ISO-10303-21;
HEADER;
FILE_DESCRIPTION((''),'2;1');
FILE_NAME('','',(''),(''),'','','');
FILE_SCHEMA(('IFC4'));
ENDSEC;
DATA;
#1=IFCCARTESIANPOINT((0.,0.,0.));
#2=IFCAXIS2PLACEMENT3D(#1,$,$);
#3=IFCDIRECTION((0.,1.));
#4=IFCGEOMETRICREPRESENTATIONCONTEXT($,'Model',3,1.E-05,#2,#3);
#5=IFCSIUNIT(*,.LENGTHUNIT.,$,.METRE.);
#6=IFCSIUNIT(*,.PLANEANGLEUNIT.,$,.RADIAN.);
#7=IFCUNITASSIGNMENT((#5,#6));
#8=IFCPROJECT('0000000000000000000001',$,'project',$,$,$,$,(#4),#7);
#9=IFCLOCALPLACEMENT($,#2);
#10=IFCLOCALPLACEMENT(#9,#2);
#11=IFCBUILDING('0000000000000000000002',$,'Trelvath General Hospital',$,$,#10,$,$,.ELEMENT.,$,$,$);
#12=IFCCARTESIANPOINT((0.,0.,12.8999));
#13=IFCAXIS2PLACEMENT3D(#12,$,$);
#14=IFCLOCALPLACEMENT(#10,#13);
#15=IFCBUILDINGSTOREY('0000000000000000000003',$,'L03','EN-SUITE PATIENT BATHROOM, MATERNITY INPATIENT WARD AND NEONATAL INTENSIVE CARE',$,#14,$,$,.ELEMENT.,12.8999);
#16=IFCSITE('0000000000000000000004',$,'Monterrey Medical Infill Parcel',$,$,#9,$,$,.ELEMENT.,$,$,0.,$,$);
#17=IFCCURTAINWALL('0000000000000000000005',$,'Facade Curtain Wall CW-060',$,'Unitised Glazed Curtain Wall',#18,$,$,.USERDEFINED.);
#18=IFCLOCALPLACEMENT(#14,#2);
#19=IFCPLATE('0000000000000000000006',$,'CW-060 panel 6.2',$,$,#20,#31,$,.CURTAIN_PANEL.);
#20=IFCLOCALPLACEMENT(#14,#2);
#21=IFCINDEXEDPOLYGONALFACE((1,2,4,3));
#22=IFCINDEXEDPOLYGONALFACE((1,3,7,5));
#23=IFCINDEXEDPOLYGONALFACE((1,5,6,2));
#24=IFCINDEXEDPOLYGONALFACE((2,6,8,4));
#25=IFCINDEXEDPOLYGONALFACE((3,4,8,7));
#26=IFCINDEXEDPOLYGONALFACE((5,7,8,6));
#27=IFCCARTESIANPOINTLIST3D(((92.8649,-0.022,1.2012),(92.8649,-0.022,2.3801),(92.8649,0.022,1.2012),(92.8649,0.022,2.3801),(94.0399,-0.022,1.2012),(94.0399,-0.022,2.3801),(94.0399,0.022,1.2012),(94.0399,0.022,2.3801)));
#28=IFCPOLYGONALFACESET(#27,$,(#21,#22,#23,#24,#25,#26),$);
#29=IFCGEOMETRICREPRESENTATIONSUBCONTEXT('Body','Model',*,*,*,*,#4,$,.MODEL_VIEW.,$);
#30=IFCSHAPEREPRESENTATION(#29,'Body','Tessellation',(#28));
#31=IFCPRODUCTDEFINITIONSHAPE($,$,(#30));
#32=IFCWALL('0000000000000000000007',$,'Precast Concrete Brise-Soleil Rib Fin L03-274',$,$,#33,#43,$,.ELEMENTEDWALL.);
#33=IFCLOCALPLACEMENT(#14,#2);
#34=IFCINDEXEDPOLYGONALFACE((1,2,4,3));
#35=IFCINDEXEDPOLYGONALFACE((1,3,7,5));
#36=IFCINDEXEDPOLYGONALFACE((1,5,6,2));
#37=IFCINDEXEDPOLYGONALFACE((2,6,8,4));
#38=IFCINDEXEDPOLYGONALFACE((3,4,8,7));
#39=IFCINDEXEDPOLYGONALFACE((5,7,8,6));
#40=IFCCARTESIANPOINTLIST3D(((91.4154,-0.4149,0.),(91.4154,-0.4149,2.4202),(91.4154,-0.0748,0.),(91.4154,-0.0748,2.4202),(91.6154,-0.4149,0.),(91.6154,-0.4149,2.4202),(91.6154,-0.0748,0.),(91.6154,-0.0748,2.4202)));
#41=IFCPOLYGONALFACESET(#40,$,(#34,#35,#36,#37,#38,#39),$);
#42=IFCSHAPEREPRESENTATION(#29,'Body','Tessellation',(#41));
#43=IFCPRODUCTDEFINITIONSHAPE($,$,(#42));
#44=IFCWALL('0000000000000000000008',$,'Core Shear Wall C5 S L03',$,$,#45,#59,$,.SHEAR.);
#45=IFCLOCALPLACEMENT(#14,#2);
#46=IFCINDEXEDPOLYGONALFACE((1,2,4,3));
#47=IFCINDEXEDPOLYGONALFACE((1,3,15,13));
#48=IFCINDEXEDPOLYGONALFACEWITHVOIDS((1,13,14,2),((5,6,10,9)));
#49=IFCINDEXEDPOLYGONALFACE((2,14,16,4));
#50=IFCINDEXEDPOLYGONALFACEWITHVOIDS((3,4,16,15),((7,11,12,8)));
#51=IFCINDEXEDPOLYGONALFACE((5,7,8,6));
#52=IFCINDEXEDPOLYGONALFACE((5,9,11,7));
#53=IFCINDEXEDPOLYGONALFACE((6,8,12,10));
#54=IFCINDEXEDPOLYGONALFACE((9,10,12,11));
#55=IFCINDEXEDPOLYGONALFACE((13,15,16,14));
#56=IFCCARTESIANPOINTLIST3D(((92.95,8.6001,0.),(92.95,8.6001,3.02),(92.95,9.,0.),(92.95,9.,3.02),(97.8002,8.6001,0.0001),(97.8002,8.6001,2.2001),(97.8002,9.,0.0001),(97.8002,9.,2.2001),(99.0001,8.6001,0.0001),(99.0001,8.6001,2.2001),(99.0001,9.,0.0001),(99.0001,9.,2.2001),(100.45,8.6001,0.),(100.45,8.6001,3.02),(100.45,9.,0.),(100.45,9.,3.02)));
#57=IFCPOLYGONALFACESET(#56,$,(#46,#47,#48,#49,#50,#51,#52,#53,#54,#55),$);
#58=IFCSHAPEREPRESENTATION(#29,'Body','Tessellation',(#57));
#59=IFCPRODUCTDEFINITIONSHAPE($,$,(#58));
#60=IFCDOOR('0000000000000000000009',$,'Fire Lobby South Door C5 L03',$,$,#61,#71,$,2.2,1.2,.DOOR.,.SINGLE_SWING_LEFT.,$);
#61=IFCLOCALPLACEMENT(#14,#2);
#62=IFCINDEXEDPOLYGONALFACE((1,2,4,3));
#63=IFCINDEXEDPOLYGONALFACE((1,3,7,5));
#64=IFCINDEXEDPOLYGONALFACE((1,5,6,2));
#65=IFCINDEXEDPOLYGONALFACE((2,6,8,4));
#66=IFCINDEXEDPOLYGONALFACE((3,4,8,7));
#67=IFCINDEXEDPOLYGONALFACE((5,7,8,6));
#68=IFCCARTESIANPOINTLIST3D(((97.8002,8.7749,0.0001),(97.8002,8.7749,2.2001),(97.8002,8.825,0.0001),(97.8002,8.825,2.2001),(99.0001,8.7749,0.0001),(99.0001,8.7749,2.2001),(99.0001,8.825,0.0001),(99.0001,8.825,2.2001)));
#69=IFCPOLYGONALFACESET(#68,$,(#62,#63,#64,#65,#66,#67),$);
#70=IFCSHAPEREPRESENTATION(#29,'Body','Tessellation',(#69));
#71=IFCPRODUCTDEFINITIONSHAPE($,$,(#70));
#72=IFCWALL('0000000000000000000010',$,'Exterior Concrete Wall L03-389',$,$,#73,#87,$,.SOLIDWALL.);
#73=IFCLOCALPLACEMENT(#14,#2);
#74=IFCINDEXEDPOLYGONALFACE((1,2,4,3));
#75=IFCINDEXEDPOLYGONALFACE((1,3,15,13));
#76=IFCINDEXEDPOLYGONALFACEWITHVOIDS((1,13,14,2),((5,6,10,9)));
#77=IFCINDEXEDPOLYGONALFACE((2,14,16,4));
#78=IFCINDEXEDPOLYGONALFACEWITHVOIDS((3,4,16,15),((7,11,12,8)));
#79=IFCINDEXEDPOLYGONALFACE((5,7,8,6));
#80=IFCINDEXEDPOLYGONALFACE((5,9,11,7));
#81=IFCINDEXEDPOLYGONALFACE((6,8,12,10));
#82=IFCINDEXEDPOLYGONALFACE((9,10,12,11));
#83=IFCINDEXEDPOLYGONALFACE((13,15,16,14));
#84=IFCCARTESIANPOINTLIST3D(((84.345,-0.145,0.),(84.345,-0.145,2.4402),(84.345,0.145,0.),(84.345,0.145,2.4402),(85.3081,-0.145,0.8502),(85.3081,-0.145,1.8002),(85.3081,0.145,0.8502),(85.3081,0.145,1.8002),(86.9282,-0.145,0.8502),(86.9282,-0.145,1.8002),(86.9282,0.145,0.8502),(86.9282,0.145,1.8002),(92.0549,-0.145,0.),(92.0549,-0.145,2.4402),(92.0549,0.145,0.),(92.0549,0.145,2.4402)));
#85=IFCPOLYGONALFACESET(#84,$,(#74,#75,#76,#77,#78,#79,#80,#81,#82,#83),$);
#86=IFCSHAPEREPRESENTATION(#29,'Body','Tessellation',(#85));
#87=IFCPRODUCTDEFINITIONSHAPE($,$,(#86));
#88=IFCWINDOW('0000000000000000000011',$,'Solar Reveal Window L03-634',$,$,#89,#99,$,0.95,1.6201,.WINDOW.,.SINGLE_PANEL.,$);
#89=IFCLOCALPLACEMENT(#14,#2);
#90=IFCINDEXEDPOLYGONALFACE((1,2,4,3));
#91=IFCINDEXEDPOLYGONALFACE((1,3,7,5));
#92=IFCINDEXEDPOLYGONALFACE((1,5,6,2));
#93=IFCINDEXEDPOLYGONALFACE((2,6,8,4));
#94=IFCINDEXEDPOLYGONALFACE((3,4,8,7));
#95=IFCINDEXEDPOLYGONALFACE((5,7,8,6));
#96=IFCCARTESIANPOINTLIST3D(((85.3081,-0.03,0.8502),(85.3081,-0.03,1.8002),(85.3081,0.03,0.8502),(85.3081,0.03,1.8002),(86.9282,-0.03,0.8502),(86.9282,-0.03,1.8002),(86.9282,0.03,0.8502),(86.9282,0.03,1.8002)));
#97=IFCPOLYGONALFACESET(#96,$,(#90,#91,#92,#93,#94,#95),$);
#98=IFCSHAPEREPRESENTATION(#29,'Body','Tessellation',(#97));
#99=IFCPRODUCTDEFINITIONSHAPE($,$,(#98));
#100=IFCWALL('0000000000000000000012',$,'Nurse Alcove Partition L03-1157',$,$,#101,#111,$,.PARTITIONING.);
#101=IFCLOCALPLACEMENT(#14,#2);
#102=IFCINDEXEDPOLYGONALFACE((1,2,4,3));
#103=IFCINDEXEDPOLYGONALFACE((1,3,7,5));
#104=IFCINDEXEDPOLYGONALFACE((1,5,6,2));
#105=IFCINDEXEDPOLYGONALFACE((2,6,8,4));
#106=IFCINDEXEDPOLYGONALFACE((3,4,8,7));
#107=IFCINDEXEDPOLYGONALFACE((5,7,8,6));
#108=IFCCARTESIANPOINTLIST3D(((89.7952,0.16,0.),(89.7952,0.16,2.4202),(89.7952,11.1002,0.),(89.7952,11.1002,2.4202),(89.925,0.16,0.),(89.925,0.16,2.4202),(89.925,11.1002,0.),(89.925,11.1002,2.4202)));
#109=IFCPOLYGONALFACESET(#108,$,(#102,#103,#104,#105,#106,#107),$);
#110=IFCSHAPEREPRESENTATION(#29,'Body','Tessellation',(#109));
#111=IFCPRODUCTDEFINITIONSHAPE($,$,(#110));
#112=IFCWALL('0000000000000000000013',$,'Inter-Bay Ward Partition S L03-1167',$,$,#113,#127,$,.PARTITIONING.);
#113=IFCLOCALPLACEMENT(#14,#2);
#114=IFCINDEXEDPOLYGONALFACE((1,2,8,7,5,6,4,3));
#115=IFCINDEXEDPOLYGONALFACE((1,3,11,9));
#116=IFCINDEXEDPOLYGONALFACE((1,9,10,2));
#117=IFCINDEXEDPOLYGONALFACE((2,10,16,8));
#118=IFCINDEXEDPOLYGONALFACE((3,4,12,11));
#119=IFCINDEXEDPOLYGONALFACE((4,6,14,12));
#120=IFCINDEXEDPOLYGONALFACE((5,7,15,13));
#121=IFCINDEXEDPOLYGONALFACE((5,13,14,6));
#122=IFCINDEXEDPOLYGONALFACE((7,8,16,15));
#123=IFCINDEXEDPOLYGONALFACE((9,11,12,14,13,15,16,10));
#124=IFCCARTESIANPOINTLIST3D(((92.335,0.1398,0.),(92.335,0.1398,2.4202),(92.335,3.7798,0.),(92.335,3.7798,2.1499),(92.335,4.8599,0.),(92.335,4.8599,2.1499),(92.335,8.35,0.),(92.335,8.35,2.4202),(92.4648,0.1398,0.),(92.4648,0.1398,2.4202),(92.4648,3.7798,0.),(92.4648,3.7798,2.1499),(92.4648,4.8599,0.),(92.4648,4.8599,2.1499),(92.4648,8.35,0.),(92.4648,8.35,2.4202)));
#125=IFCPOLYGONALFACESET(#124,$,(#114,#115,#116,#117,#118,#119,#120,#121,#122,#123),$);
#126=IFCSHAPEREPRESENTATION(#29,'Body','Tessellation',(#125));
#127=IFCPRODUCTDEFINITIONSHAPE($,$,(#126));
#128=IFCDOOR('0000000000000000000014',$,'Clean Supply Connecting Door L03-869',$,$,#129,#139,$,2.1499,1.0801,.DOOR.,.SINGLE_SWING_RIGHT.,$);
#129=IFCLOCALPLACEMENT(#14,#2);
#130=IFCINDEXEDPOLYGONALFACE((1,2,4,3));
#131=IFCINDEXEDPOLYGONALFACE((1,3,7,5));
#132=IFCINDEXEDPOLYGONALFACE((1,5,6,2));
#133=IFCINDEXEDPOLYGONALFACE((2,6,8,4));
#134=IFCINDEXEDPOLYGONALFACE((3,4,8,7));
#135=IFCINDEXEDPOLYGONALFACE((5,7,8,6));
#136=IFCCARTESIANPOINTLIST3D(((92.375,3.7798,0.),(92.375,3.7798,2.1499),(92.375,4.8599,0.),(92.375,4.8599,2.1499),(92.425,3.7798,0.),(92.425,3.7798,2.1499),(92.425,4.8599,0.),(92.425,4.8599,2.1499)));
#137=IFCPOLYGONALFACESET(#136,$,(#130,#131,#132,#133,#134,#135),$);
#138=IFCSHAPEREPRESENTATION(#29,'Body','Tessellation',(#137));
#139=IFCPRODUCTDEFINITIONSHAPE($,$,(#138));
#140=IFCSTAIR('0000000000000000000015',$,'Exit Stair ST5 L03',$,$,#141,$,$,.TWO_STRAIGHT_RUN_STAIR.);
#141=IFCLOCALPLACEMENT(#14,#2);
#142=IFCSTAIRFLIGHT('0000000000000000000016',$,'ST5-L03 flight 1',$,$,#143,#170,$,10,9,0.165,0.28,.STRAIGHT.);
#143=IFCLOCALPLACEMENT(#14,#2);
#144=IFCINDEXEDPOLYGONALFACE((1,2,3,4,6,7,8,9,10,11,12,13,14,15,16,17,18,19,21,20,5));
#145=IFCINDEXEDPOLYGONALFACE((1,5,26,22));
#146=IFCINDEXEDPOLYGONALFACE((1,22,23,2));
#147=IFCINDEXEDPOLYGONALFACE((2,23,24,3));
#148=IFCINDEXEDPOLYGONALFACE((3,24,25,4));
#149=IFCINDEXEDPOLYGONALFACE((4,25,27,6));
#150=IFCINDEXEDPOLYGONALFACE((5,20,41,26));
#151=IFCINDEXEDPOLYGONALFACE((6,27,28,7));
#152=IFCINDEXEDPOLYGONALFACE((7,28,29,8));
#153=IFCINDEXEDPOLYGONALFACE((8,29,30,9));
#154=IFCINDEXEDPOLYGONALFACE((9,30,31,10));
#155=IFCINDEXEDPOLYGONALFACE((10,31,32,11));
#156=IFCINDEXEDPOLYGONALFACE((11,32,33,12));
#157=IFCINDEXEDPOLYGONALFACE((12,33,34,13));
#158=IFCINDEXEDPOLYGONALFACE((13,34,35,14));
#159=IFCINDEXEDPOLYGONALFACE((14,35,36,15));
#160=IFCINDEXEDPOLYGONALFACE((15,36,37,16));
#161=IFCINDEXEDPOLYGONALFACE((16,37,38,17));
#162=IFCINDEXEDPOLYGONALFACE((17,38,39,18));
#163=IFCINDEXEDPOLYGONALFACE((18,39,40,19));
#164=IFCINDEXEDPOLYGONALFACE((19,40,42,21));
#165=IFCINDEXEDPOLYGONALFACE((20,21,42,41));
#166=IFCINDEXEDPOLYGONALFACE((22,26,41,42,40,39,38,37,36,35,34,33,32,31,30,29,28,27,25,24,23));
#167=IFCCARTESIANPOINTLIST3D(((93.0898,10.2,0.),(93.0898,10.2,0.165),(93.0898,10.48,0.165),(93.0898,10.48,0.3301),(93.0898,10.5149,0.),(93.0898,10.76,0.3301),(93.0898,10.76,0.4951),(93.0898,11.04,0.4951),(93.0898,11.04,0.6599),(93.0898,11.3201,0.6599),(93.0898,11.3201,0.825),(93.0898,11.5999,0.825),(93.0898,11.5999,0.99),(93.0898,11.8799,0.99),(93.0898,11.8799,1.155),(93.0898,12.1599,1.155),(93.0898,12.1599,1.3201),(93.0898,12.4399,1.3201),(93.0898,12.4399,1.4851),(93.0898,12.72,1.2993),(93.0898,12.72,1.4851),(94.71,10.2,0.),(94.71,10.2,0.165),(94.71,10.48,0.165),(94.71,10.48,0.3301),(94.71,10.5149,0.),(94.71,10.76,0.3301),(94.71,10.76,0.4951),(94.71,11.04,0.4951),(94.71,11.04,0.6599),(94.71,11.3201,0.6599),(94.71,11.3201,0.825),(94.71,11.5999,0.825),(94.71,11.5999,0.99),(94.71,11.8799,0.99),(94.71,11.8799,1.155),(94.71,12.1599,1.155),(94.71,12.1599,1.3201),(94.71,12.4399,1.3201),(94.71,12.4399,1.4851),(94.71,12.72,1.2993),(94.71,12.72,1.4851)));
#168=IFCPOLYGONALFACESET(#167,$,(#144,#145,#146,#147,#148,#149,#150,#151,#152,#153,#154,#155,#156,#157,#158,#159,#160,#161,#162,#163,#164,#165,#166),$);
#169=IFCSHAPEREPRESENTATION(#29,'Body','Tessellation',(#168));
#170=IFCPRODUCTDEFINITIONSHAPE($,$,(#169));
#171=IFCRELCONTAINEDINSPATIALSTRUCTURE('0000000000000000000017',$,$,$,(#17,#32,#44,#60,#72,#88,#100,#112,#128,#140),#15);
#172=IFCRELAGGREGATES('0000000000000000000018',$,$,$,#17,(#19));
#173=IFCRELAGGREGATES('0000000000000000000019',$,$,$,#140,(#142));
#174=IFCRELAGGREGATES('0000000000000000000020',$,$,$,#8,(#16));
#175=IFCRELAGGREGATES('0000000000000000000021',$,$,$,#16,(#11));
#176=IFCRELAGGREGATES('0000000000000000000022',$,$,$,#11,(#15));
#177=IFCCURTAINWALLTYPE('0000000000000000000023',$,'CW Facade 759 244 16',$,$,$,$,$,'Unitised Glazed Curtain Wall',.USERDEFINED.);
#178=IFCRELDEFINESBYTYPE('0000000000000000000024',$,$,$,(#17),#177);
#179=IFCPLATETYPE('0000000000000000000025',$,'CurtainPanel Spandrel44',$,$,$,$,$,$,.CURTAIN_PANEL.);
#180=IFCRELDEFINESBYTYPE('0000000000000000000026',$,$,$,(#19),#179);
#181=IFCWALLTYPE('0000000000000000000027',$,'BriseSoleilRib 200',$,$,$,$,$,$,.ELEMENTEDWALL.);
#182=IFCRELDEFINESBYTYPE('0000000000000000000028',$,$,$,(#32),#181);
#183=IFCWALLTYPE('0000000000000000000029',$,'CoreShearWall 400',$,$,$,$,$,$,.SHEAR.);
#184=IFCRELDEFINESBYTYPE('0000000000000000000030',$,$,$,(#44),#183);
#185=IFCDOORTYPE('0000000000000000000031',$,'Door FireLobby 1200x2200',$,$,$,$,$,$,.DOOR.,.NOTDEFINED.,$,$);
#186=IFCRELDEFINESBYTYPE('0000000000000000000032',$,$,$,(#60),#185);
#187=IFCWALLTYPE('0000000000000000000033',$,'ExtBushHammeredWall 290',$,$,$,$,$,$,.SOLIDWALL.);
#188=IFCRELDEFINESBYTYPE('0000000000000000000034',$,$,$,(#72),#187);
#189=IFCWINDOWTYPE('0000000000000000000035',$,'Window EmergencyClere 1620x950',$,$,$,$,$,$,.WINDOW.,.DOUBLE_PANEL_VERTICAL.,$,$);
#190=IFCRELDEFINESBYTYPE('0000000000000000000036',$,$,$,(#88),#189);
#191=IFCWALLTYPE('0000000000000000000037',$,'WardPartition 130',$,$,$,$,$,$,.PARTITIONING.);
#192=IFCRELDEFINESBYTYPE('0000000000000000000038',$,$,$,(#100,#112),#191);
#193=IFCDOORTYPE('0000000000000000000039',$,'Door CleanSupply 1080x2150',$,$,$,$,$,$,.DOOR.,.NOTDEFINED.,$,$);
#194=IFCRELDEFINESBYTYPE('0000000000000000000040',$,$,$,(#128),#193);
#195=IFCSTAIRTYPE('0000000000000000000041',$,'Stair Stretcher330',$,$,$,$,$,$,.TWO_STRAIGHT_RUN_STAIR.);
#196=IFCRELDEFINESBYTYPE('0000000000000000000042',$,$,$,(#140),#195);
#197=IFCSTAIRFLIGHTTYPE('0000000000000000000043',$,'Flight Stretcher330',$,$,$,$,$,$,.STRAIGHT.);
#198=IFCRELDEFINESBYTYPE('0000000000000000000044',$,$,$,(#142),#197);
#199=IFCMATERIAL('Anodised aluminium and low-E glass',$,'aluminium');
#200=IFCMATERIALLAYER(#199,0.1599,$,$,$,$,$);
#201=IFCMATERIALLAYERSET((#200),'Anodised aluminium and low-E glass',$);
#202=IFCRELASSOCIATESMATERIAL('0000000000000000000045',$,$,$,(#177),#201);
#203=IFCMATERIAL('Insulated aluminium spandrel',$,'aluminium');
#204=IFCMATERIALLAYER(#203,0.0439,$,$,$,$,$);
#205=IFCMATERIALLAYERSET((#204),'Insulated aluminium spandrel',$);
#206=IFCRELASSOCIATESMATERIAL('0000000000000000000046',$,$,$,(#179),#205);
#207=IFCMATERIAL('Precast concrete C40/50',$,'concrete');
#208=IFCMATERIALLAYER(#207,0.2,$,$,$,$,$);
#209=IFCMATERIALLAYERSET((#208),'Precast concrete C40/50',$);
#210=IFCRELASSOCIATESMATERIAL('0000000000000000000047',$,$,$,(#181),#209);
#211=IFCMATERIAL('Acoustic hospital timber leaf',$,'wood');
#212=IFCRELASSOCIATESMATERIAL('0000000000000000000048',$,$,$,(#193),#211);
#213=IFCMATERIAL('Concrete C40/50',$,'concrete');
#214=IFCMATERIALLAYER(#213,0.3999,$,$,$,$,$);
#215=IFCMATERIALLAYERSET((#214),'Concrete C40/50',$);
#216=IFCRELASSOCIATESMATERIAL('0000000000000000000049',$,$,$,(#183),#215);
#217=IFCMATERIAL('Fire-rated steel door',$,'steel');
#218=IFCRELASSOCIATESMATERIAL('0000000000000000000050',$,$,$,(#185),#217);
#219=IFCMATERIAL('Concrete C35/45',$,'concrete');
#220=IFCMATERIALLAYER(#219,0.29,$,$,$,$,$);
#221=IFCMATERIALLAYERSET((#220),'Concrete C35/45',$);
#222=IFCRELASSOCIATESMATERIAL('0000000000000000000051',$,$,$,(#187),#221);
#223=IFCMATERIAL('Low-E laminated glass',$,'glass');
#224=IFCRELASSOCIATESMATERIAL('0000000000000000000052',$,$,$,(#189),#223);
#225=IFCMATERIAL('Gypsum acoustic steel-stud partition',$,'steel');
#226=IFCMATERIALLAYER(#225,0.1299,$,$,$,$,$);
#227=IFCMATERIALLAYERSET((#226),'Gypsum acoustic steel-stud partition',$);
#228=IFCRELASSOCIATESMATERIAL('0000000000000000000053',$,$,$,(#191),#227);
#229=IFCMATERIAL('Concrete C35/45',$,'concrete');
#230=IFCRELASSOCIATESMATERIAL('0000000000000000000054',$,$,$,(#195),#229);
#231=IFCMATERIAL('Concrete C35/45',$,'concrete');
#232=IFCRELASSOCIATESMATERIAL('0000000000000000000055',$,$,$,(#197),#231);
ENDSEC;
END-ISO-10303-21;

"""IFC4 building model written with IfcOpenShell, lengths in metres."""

from ifc_helpers import new_model, si_unit, direction, frame, frame_2d, origin, origin_2d, place, context, subcontext, project, spatial, polyline, rectangle, outline, extrude, material, layer, layer_set, type_object, element, fill, aggregate, save


model = new_model("IFC4")

# Units and contexts
model_context = context("Model", 3, precision=1e-05, world=origin(), true_north=direction((0.0, 1.0)))
body_context = subcontext(model_context, "Body", "Model", "MODEL_VIEW")
ifc_project = project(units=[si_unit("LENGTHUNIT", "METRE"), si_unit("PLANEANGLEUNIT", "RADIAN")], contexts=[model_context])

# Site, building, storey
site_placement = place(None, origin())
site = spatial("IfcSite", under=ifc_project, at=site_placement, Name="Monterrey Medical Infill Parcel", CompositionType="ELEMENT", RefElevation=0.0)
building_placement = place(site_placement, origin())
building = spatial("IfcBuilding", under=site, at=building_placement, Name="Trelvath General Hospital", CompositionType="ELEMENT")
storey_placement = place(building_placement, frame((0.0, 0.0, 12.8999)))
storey = spatial("IfcBuildingStorey", under=building, at=storey_placement, Name="L03", Description="EN-SUITE PATIENT BATHROOM, MATERNITY INPATIENT WARD AND NEONATAL INTENSIVE CARE", CompositionType="ELEMENT", Elevation=12.8999)

# Curtain wall, plate
ifc_material_1 = material(Name="Anodised aluminium and low-E glass", Category="aluminium")
ifc_layer_1 = layer(ifc_material_1, 0.1599)
ifc_layer_set_1 = layer_set([ifc_layer_1], Name="Anodised aluminium and low-E glass")
curtain_wall_type = type_object("IfcCurtainWallType", Name="CW Facade 759 244 16", ElementType="Unitised Glazed Curtain Wall", PredefinedType="USERDEFINED", material=ifc_layer_set_1)
curtain_wall_placement = place(storey_placement, origin())
curtain_wall = element("IfcCurtainWall", 1, at=curtain_wall_placement, inside=storey, type_object=curtain_wall_type, Name="Facade Curtain Wall CW-060", ObjectType="Unitised Glazed Curtain Wall", PredefinedType="USERDEFINED")
ifc_material_2 = material(Name="Insulated aluminium spandrel", Category="aluminium")
ifc_layer_2 = layer(ifc_material_2, 0.0439)
ifc_layer_set_2 = layer_set([ifc_layer_2], Name="Insulated aluminium spandrel")
plate_type = type_object("IfcPlateType", Name="CurtainPanel Spandrel44", PredefinedType="CURTAIN_PANEL", material=ifc_layer_set_2)
plate_1_placement = place(storey_placement, frame((93.4524, 0.0, 1.2012), z_axis=(0.0, 0.0, 1.0), x_axis=(-1.0, 0.0, 0.0)))
plate_1 = element("IfcPlate", 2, at=plate_1_placement, type_object=plate_type, Name="CW-060 panel 6.2", PredefinedType="CURTAIN_PANEL", context=body_context, shape_type="SweptSolid", body=[
    extrude(rectangle(XDim=1.175, YDim=0.0439, at=origin_2d()), origin(), (0.0, 0.0, 1.0), 1.179),
])
aggregate(curtain_wall, [plate_1])

# Wall
ifc_material_3 = material(Name="Precast concrete C40/50", Category="concrete")
ifc_layer_3 = layer(ifc_material_3, 0.2)
ifc_layer_set_3 = layer_set([ifc_layer_3], Name="Precast concrete C40/50")
wall_type_1 = type_object("IfcWallType", Name="BriseSoleilRib 200", PredefinedType="ELEMENTEDWALL", material=ifc_layer_set_3)
wall_1_placement = place(storey_placement, frame((91.5154, -0.075, 0.0), z_axis=(0.0, 0.0, 1.0), x_axis=(0.0, -1.0, 0.0)))
element("IfcWall", 3, at=wall_1_placement, inside=storey, type_object=wall_type_1, Name="Precast Concrete Brise-Soleil Rib Fin L03-274", PredefinedType="ELEMENTEDWALL", context=body_context, shape_type="SweptSolid", body=[
    extrude(rectangle(XDim=0.3401, YDim=0.2, at=frame_2d((0.1699, 0.0))), origin(), (0.0, 0.0, 1.0), 2.4202),
])

# Wall, opening, door
ifc_material_4 = material(Name="Acoustic hospital timber leaf", Category="wood")
door_type_1 = type_object("IfcDoorType", Name="Door CleanSupply 1080x2150", OperationType="NOTDEFINED", PredefinedType="DOOR", material=ifc_material_4)
ifc_material_5 = material(Name="Concrete C40/50", Category="concrete")
ifc_layer_4 = layer(ifc_material_5, 0.3999)
ifc_layer_set_4 = layer_set([ifc_layer_4], Name="Concrete C40/50")
wall_type_2 = type_object("IfcWallType", Name="CoreShearWall 400", PredefinedType="SHEAR", material=ifc_layer_set_4)
wall_2_placement = place(storey_placement, frame((92.95, 8.8, 0.0), z_axis=(0.0, 0.0, 1.0), x_axis=(1.0, 0.0, 0.0)))
wall_2 = element("IfcWall", 4, at=wall_2_placement, inside=storey, type_object=wall_type_2, Name="Core Shear Wall C5 S L03", PredefinedType="SHEAR", context=body_context, shape_type="SweptSolid", body=[
    extrude(rectangle(XDim=7.5, YDim=0.3999, at=frame_2d((3.75, 0.0))), origin(), (0.0, 0.0, 1.0), 3.02),
])
opening_1_placement = place(wall_2_placement, frame((4.8501, 0.0, 0.0)))
opening_1 = element("IfcOpeningElement", 5, at=opening_1_placement, cuts=wall_2, PredefinedType="OPENING", context=body_context, shape_type="SweptSolid", body=[
    extrude(rectangle(XDim=1.2, YDim=2.2, at=frame_2d((0.6001, 1.1001))), frame((0.0, 0.21, 0.0), z_axis=(0.0, -1.0, 0.0), x_axis=(1.0, 0.0, 0.0)), (0.0, 0.0, 1.0), 0.4199),
])
ifc_material_6 = material(Name="Fire-rated steel door", Category="steel")
door_type_2 = type_object("IfcDoorType", Name="Door FireLobby 1200x2200", OperationType="NOTDEFINED", PredefinedType="DOOR", material=ifc_material_6)
door_1_placement = place(opening_1_placement, origin())
door_1 = element("IfcDoor", 6, at=door_1_placement, inside=storey, type_object=door_type_2, Name="Fire Lobby South Door C5 L03", OperationType="SINGLE_SWING_LEFT", OverallHeight=2.2, OverallWidth=1.2, PredefinedType="DOOR", context=body_context, shape_type="SweptSolid", body=[
    extrude(rectangle(XDim=1.2, YDim=2.2, at=frame_2d((0.6001, 1.1001))), frame((0.0, 0.0249, 0.0), z_axis=(0.0, -1.0, 0.0), x_axis=(1.0, 0.0, 0.0)), (0.0, 0.0, 1.0), 0.05),
])
fill(opening_1, door_1)

# Wall, opening, window
ifc_material_7 = material(Name="Concrete C35/45", Category="concrete")
ifc_layer_5 = layer(ifc_material_7, 0.29)
ifc_layer_set_5 = layer_set([ifc_layer_5], Name="Concrete C35/45")
wall_type_3 = type_object("IfcWallType", Name="ExtBushHammeredWall 290", PredefinedType="SOLIDWALL", material=ifc_layer_set_5)
wall_3_placement = place(storey_placement, frame((92.0549, 0.0, 0.0), z_axis=(0.0, 0.0, 1.0), x_axis=(-1.0, 0.0, 0.0)))
wall_3 = element("IfcWall", 7, at=wall_3_placement, inside=storey, type_object=wall_type_3, Name="Exterior Concrete Wall L03-389", PredefinedType="SOLIDWALL", context=body_context, shape_type="SweptSolid", body=[
    extrude(rectangle(XDim=7.71, YDim=0.29, at=frame_2d((3.855, 0.0))), origin(), (0.0, 0.0, 1.0), 2.4402),
])
opening_2_placement = place(wall_3_placement, frame((5.1267, 0.0, 0.8501)))
opening_2 = element("IfcOpeningElement", 8, at=opening_2_placement, cuts=wall_3, PredefinedType="OPENING", context=body_context, shape_type="SweptSolid", body=[
    extrude(rectangle(XDim=1.6201, YDim=0.95, at=frame_2d((0.8101, 0.4751))), frame((0.0, 0.155, 0.0), z_axis=(0.0, -1.0, 0.0), x_axis=(1.0, 0.0, 0.0)), (0.0, 0.0, 1.0), 0.3101),
])
ifc_material_8 = material(Name="Low-E laminated glass", Category="glass")
window_type = type_object("IfcWindowType", Name="Window EmergencyClere 1620x950", PartitioningType="DOUBLE_PANEL_VERTICAL", PredefinedType="WINDOW", material=ifc_material_8)
window_placement = place(opening_2_placement, origin())
window = element("IfcWindow", 9, at=window_placement, inside=storey, type_object=window_type, Name="Solar Reveal Window L03-634", OverallHeight=0.95, OverallWidth=1.6201, PartitioningType="SINGLE_PANEL", PredefinedType="WINDOW", context=body_context, shape_type="SweptSolid", body=[
    extrude(rectangle(XDim=1.6201, YDim=0.95, at=frame_2d((0.8101, 0.4751))), frame((0.0, 0.03, 0.0), z_axis=(0.0, -1.0, 0.0), x_axis=(1.0, 0.0, 0.0)), (0.0, 0.0, 1.0), 0.0601),
])
fill(opening_2, window)

# Wall
ifc_material_9 = material(Name="Gypsum acoustic steel-stud partition", Category="steel")
ifc_layer_6 = layer(ifc_material_9, 0.1299)
ifc_layer_set_6 = layer_set([ifc_layer_6], Name="Gypsum acoustic steel-stud partition")
wall_type_4 = type_object("IfcWallType", Name="WardPartition 130", PredefinedType="PARTITIONING", material=ifc_layer_set_6)
wall_4_placement = place(storey_placement, frame((89.8601, 0.1599, 0.0), z_axis=(0.0, 0.0, 1.0), x_axis=(0.0, 1.0, 0.0)))
element("IfcWall", 10, at=wall_4_placement, inside=storey, type_object=wall_type_4, Name="Nurse Alcove Partition L03-1157", PredefinedType="PARTITIONING", context=body_context, shape_type="SweptSolid", body=[
    extrude(rectangle(XDim=10.9402, YDim=0.1299, at=frame_2d((5.4702, 0.0))), origin(), (0.0, 0.0, 1.0), 2.4202),
])

# Wall, opening, door
wall_5_placement = place(storey_placement, frame((92.3999, 0.1399, 0.0), z_axis=(0.0, 0.0, 1.0), x_axis=(0.0, 1.0, 0.0)))
wall_5 = element("IfcWall", 11, at=wall_5_placement, inside=storey, type_object=wall_type_4, Name="Inter-Bay Ward Partition S L03-1167", PredefinedType="PARTITIONING", context=body_context, shape_type="SweptSolid", body=[
    extrude(rectangle(XDim=8.2102, YDim=0.1299, at=frame_2d((4.105, 0.0))), origin(), (0.0, 0.0, 1.0), 2.4202),
])
opening_3_placement = place(wall_5_placement, frame((3.6399, 0.0, 0.0)))
opening_3 = element("IfcOpeningElement", 12, at=opening_3_placement, cuts=wall_5, PredefinedType="OPENING", context=body_context, shape_type="SweptSolid", body=[
    extrude(rectangle(XDim=1.0801, YDim=2.1499, at=frame_2d((0.54, 1.075))), frame((0.0, 0.075, 0.0), z_axis=(0.0, -1.0, 0.0), x_axis=(1.0, 0.0, 0.0)), (0.0, 0.0, 1.0), 0.1499),
])
door_2_placement = place(opening_3_placement, origin())
door_2 = element("IfcDoor", 13, at=door_2_placement, inside=storey, type_object=door_type_1, Name="Clean Supply Connecting Door L03-869", OperationType="SINGLE_SWING_RIGHT", OverallHeight=2.1499, OverallWidth=1.0801, PredefinedType="DOOR", context=body_context, shape_type="SweptSolid", body=[
    extrude(rectangle(XDim=1.0801, YDim=2.1499, at=frame_2d((0.54, 1.075))), frame((0.0, 0.0249, 0.0), z_axis=(0.0, -1.0, 0.0), x_axis=(1.0, 0.0, 0.0)), (0.0, 0.0, 1.0), 0.05),
])
fill(opening_3, door_2)

# Stair, stair flight
ifc_material_10 = material(Name="Concrete C35/45", Category="concrete")
stair_type = type_object("IfcStairType", Name="Stair Stretcher330", PredefinedType="TWO_STRAIGHT_RUN_STAIR", material=ifc_material_10)
stair_placement = place(storey_placement, origin())
stair = element("IfcStair", 14, at=stair_placement, inside=storey, type_object=stair_type, Name="Exit Stair ST5 L03", PredefinedType="TWO_STRAIGHT_RUN_STAIR")
ifc_material_11 = material(Name="Concrete C35/45", Category="concrete")
stair_flight_type = type_object("IfcStairFlightType", Name="Flight Stretcher330", PredefinedType="STRAIGHT", material=ifc_material_11)
stair_flight_placement = place(storey_placement, frame((93.8999, 10.2, 0.0), z_axis=(0.0, 0.0, 1.0), x_axis=(0.0, 1.0, 0.0)))
stair_flight = element("IfcStairFlight", 15, at=stair_flight_placement, type_object=stair_flight_type, Name="ST5-L03 flight 1", NumberOfRisers=10, NumberOfTreads=9, PredefinedType="STRAIGHT", RiserHeight=0.165, TreadLength=0.28, context=body_context, shape_type="SweptSolid", body=[
    extrude(outline(polyline([(0.0, 0.0), (0.0, 0.165), (0.28, 0.165), (0.28, 0.3301), (0.5601, 0.3301), (0.5601, 0.4951), (0.8401, 0.4951), (0.8401, 0.6599), (1.1201, 0.6599), (1.1201, 0.825), (1.3999, 0.825), (1.3999, 0.99), (1.6799, 0.99), (1.6799, 1.155), (1.96, 1.155), (1.96, 1.3201), (2.24, 1.3201), (2.24, 1.4851), (2.52, 1.4851), (2.52, 1.6499), (2.52, 1.2993), (0.3149, 0.0), (0.0, 0.0)])), frame((0.0, 0.8101, 0.0), z_axis=(0.0, -1.0, 0.0), x_axis=(1.0, 0.0, 0.0)), (0.0, 0.0, 1.0), 1.6201),
])
aggregate(stair, [stair_flight])

save(model, "model.ifc")
